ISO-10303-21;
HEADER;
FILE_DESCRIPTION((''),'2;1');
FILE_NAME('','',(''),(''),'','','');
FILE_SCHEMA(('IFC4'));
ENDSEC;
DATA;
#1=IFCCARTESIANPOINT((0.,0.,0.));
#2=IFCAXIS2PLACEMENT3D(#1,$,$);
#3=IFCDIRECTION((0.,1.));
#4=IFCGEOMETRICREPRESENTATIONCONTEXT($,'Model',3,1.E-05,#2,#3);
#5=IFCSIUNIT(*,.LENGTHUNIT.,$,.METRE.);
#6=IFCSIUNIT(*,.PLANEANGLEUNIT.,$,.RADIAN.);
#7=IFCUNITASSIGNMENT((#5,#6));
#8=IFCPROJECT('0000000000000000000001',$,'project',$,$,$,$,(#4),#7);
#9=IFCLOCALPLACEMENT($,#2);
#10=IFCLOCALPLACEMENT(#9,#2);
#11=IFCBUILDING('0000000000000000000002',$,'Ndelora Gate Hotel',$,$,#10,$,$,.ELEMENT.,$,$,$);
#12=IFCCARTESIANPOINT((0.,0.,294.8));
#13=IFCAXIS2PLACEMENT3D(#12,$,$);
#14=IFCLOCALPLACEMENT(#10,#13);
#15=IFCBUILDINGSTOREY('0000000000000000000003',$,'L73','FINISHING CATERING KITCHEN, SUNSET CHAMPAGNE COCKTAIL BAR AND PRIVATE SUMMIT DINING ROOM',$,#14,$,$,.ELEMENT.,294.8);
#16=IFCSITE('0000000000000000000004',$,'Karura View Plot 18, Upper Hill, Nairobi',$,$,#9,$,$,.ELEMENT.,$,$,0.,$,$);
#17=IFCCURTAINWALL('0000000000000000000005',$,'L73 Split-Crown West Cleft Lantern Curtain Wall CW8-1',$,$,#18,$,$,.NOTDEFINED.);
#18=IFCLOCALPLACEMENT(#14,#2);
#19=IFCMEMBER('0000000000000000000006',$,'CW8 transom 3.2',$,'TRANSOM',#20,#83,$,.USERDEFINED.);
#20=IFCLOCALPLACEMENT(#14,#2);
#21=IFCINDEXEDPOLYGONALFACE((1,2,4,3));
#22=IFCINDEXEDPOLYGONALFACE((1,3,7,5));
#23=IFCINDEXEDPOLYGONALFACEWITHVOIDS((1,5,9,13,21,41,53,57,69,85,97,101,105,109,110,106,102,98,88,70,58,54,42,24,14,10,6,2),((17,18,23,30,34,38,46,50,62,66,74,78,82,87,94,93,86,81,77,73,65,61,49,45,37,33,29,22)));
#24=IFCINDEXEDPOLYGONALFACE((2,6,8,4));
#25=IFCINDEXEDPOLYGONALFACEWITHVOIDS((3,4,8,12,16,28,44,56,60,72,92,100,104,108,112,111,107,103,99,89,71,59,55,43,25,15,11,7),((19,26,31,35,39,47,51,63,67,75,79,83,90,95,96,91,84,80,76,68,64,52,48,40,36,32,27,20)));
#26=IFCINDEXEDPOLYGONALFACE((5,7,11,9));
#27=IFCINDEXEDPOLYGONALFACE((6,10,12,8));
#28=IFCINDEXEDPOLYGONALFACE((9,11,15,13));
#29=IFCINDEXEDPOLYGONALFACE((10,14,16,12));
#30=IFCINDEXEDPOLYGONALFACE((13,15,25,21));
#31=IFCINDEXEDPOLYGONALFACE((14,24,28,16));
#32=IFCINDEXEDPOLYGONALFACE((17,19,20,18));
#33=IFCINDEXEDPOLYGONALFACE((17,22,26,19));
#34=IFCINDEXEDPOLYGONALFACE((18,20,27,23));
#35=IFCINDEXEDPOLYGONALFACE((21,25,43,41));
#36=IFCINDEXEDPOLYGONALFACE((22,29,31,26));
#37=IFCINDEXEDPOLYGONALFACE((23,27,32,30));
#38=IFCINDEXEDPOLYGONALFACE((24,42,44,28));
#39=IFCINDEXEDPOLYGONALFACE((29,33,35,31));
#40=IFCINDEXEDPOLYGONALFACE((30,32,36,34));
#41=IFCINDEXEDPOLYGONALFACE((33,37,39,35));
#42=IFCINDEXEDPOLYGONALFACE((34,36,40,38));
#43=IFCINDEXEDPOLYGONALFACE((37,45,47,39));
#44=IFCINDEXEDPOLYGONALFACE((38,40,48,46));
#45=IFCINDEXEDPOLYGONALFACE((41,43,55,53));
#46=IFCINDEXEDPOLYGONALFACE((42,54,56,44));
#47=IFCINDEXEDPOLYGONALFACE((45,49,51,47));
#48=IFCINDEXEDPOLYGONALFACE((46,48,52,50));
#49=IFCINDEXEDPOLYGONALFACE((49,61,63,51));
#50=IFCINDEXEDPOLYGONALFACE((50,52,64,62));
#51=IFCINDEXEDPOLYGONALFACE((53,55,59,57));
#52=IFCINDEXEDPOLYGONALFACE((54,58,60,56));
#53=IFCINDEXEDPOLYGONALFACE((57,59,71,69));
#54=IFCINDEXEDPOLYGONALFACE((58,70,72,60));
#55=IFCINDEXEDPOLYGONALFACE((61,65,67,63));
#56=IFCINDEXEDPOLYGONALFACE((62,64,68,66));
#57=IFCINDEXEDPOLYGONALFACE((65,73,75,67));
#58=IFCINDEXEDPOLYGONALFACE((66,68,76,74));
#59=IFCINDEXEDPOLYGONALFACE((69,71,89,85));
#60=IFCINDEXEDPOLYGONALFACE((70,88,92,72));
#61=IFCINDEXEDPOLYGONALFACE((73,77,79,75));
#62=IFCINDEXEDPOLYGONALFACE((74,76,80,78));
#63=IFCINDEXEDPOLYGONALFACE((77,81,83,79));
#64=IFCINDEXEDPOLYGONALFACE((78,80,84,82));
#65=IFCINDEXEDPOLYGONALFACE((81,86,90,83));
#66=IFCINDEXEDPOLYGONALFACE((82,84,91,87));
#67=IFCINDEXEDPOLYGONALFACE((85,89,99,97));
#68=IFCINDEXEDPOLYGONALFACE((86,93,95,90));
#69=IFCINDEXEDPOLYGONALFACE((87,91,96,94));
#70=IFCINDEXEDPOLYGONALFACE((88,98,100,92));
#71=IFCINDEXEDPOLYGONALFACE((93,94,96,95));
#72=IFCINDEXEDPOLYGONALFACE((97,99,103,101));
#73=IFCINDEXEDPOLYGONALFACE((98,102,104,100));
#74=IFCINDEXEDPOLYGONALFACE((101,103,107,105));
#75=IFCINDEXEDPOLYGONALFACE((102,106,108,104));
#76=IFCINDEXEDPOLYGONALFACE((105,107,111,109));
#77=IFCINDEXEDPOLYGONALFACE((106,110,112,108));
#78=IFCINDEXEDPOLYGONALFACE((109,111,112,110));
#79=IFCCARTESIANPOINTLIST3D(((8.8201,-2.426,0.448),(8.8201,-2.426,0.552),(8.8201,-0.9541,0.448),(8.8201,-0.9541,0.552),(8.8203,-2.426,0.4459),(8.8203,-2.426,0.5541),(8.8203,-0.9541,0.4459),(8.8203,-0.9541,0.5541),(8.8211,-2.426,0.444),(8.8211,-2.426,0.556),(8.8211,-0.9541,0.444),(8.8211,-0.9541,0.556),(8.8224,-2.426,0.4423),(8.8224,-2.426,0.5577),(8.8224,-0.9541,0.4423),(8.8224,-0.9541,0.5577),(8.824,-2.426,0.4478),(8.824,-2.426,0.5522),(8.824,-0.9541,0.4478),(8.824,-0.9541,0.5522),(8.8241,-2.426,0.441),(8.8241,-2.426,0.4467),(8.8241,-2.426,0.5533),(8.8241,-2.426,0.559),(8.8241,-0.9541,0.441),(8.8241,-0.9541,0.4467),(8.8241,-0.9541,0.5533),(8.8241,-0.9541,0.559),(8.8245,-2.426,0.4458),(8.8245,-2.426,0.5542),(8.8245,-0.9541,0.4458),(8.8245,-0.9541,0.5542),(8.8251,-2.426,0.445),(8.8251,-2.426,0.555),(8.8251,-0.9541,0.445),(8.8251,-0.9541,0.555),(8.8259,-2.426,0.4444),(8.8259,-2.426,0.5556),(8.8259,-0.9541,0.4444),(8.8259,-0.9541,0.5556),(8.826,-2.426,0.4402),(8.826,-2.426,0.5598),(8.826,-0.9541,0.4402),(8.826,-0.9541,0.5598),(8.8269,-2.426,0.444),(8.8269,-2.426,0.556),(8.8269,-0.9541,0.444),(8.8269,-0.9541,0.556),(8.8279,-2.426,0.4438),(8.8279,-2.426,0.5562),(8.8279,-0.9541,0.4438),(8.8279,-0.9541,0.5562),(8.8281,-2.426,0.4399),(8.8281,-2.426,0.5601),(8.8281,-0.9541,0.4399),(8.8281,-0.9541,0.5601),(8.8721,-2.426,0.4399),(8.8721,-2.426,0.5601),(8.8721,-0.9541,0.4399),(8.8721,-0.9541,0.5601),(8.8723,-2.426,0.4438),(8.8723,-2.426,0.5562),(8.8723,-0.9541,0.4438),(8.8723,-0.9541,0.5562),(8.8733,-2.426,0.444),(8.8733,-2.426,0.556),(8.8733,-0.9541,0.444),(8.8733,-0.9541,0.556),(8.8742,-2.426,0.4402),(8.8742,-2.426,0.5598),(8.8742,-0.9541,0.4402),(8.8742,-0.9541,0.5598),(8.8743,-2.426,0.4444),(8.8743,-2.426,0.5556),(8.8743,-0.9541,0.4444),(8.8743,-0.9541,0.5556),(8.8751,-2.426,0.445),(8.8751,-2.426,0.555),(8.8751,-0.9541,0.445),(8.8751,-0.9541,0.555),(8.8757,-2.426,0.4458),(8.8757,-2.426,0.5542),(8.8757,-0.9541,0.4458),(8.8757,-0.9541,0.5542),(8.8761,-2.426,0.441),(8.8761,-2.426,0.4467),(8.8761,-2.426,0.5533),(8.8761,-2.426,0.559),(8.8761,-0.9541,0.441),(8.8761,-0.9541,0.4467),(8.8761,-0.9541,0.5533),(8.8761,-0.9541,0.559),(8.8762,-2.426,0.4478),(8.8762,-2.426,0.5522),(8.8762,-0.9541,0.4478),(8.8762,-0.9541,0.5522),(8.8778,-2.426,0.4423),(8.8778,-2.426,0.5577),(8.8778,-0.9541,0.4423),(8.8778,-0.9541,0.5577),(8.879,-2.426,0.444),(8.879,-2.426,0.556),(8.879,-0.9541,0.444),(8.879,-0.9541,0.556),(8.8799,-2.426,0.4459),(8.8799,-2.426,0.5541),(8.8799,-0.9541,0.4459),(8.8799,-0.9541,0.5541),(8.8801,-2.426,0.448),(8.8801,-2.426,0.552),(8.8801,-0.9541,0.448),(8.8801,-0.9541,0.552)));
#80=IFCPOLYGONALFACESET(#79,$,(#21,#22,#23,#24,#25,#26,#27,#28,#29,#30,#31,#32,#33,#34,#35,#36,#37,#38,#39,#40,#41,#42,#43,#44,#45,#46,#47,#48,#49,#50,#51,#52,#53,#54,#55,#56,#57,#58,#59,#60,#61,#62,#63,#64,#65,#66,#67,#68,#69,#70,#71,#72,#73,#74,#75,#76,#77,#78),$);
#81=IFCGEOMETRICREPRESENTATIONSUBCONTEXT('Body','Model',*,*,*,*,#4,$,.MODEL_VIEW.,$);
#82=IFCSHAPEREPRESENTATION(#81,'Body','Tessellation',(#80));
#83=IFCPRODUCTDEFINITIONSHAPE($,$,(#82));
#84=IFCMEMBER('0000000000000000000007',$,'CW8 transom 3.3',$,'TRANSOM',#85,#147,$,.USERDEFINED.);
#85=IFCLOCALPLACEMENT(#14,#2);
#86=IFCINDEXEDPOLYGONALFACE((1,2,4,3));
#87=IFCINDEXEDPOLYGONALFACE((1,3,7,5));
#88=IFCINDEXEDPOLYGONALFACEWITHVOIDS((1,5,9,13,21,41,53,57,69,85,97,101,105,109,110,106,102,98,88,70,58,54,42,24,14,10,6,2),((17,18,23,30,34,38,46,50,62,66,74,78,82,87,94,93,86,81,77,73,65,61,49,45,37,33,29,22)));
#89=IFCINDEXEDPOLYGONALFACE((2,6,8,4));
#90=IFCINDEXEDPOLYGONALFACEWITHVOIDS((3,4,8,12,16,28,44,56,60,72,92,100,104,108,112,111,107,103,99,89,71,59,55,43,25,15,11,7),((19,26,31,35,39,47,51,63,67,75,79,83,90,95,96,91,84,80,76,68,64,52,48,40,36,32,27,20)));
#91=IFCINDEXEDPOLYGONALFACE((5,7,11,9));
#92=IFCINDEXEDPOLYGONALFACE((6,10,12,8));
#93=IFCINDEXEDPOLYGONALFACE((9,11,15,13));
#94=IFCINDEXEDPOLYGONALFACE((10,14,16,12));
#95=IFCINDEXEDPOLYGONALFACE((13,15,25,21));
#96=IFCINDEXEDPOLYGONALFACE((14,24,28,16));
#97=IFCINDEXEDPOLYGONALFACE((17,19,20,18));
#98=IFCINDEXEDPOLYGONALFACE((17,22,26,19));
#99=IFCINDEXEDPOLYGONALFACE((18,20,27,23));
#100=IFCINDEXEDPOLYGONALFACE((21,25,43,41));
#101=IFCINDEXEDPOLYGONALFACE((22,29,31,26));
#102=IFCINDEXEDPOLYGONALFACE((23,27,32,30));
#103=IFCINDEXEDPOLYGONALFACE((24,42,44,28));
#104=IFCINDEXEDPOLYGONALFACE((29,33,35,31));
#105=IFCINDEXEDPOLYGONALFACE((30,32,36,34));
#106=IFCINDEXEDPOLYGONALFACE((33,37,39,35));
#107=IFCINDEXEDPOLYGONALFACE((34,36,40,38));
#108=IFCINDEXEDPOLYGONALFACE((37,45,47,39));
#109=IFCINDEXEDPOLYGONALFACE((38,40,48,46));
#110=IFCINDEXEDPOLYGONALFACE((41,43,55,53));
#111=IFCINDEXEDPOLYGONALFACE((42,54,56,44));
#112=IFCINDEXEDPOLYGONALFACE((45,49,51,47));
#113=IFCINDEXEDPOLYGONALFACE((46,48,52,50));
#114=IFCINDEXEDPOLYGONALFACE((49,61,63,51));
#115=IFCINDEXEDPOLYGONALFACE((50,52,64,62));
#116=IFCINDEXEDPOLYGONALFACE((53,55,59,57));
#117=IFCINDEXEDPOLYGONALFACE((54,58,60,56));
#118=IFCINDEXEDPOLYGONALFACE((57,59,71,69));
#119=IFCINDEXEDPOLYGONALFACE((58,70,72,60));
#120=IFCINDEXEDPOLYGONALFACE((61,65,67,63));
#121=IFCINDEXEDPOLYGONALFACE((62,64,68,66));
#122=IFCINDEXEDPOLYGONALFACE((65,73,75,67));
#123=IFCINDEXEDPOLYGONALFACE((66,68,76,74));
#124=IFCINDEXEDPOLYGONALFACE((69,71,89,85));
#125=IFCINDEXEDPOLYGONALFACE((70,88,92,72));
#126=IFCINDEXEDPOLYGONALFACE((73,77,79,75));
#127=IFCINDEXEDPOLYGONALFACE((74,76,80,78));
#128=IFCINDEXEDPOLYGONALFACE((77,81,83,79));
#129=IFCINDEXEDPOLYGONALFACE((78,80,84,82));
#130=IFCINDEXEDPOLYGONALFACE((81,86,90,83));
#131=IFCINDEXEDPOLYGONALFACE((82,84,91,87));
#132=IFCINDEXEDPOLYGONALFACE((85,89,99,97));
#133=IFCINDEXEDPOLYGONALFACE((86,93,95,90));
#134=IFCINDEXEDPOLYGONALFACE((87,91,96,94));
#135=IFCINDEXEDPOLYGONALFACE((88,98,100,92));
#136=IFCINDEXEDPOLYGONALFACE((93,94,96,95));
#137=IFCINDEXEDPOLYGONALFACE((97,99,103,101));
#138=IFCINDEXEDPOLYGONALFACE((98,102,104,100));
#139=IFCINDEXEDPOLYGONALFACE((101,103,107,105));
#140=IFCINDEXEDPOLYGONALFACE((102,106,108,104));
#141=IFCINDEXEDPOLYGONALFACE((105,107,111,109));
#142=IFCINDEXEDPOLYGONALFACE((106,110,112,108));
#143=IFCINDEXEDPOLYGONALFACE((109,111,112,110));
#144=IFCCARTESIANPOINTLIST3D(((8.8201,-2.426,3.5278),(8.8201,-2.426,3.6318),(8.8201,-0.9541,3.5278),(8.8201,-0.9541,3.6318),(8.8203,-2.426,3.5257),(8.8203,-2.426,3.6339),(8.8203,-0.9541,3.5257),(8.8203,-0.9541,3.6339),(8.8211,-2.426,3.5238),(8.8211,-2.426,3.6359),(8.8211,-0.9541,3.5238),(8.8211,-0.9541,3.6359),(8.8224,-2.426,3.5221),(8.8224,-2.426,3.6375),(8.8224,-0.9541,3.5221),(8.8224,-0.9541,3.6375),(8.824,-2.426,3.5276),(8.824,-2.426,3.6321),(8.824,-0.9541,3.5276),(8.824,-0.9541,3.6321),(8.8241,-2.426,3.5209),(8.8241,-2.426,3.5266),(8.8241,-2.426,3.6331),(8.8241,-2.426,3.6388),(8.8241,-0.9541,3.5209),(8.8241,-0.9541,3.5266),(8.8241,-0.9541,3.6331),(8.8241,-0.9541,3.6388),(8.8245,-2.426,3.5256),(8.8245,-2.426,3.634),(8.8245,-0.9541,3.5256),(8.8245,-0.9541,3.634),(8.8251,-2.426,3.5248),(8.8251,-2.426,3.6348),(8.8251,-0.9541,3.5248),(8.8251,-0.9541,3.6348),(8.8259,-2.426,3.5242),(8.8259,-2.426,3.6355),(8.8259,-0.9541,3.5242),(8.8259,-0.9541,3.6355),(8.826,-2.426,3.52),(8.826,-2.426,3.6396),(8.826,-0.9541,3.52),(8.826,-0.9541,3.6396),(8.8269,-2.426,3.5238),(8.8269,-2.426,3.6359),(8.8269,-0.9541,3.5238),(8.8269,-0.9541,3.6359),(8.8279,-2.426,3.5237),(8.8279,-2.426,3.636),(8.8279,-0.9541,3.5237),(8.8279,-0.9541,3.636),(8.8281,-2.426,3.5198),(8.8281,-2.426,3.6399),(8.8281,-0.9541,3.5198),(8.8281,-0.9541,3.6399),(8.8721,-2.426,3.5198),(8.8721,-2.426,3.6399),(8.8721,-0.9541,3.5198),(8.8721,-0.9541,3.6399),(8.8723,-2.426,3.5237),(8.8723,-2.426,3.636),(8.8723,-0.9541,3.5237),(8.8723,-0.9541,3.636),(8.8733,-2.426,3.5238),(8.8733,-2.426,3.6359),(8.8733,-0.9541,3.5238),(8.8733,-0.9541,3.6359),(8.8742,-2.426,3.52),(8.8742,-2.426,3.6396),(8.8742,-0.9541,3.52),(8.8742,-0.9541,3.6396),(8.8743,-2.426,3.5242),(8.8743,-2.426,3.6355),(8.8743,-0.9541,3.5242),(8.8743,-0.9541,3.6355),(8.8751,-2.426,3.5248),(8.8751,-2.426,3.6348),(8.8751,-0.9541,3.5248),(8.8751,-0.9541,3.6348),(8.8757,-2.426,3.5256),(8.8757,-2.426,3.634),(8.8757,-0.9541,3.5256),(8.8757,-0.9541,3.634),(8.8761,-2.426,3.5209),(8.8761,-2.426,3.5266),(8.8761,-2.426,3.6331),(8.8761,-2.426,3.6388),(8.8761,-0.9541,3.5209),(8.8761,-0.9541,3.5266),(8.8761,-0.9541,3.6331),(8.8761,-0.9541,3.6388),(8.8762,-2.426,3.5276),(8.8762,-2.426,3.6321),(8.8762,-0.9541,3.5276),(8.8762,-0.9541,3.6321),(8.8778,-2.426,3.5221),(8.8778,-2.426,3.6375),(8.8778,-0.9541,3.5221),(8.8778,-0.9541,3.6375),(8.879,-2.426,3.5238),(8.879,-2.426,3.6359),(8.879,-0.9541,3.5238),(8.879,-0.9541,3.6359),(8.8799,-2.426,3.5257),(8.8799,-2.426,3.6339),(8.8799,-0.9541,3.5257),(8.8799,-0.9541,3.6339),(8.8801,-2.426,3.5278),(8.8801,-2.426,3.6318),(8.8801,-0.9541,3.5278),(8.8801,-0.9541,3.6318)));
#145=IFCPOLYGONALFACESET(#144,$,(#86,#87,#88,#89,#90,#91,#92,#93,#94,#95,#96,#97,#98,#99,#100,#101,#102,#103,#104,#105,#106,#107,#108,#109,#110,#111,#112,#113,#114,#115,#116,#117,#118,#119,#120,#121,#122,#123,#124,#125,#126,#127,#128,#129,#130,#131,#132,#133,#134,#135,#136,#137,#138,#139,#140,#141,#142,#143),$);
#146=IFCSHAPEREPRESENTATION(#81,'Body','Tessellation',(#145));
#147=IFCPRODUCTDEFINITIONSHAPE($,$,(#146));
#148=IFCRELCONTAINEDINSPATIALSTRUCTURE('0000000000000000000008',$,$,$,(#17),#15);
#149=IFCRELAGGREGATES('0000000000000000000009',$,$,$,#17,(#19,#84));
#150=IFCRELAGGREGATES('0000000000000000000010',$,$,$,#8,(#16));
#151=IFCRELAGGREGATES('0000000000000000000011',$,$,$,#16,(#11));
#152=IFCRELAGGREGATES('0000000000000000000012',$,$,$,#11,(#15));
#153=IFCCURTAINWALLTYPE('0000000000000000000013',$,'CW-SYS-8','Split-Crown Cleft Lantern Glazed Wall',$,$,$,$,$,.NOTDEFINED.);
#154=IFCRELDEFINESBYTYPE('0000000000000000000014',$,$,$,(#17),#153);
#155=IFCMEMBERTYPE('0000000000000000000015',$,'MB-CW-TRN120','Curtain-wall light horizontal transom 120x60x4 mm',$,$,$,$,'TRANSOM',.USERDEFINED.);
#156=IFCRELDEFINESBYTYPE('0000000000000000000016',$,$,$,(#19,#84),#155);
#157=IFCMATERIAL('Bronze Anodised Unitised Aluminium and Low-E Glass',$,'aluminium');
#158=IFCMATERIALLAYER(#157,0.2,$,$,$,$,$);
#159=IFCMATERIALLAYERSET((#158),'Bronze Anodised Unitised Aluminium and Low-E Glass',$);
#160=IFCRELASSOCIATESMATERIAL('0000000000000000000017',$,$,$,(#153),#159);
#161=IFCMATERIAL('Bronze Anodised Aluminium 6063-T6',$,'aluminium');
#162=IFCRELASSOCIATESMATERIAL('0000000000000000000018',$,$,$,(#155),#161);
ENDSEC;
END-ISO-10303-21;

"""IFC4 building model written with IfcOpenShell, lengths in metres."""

from ifc_helpers import new_model, si_unit, direction, frame, origin, origin_2d, place, context, subcontext, project, spatial, hollow_rectangle, extrude, material, layer, layer_set, material_profile, profile_set, type_object, element, aggregate, save


model = new_model("IFC4")

# Units and contexts
model_context = context("Model", 3, precision=1e-05, world=origin(), true_north=direction((0.0, 1.0)))
body_context = subcontext(model_context, "Body", "Model", "MODEL_VIEW")
ifc_project = project(units=[si_unit("LENGTHUNIT", "METRE"), si_unit("PLANEANGLEUNIT", "RADIAN")], contexts=[model_context])

# Site, building, storey
site_placement = place(None, origin())
site = spatial("IfcSite", under=ifc_project, at=site_placement, Name="Karura View Plot 18, Upper Hill, Nairobi", CompositionType="ELEMENT", RefElevation=0.0)
building_placement = place(site_placement, origin())
building = spatial("IfcBuilding", under=site, at=building_placement, Name="Ndelora Gate Hotel", CompositionType="ELEMENT")
storey_placement = place(building_placement, frame((0.0, 0.0, 294.8)))
storey = spatial("IfcBuildingStorey", under=building, at=storey_placement, Name="L73", Description="FINISHING CATERING KITCHEN, SUNSET CHAMPAGNE COCKTAIL BAR AND PRIVATE SUMMIT DINING ROOM", CompositionType="ELEMENT", Elevation=294.8)

# Curtain wall, members
ifc_material_1 = material(Name="Bronze Anodised Unitised Aluminium and Low-E Glass", Category="aluminium")
ifc_layer_1 = layer(ifc_material_1, 0.2)
ifc_layer_set_1 = layer_set([ifc_layer_1], Name="Bronze Anodised Unitised Aluminium and Low-E Glass")
curtain_wall_type = type_object("IfcCurtainWallType", Name="CW-SYS-8", Description="Split-Crown Cleft Lantern Glazed Wall", PredefinedType="NOTDEFINED", material=ifc_layer_set_1)
curtain_wall_placement = place(storey_placement, origin())
curtain_wall = element("IfcCurtainWall", 1, at=curtain_wall_placement, inside=storey, type_object=curtain_wall_type, Name="L73 Split-Crown West Cleft Lantern Curtain Wall CW8-1", PredefinedType="NOTDEFINED")
ifc_material_2 = material(Name="Bronze Anodised Aluminium 6063-T6", Category="aluminium")
ifc_material_profile_1 = material_profile(ifc_material_2, hollow_rectangle(XDim=0.0601, YDim=0.1201, WallThickness=0.0039, InnerFilletRadius=0.0039, OuterFilletRadius=0.0081, at=origin_2d()), Name="ALU 120x60x4")
ifc_profile_set_1 = profile_set([ifc_material_profile_1], Name="Bronze Anodised Aluminium 6063-T6")
member_type_1 = type_object("IfcMemberType", Name="MB-CW-TRN120", Description="Curtain-wall light horizontal transom 120x60x4 mm", ElementType="TRANSOM", PredefinedType="USERDEFINED", material=ifc_profile_set_1)
member_1_placement = place(storey_placement, frame((8.8501, -2.426, 0.5), z_axis=(0.0, 1.0, 0.0), x_axis=(-1.0, 0.0, 0.0)))
member_1 = element("IfcMember", 2, at=member_1_placement, type_object=member_type_1, Name="CW8 transom 3.2", ObjectType="TRANSOM", PredefinedType="USERDEFINED", context=body_context, shape_type="SweptSolid", body=[
    extrude(hollow_rectangle(XDim=0.0601, YDim=0.1201, WallThickness=0.0039, InnerFilletRadius=0.0039, OuterFilletRadius=0.0081, at=origin_2d()), origin(), (0.0, 0.0, 1.0), 1.4719),
])
member_2_placement = place(storey_placement, frame((8.8501, -2.426, 3.5798), z_axis=(0.0, 1.0, 0.0), x_axis=(-1.0, 0.0, 0.0)))
member_2 = element("IfcMember", 3, at=member_2_placement, type_object=member_type_1, Name="CW8 transom 3.3", ObjectType="TRANSOM", PredefinedType="USERDEFINED", context=body_context, shape_type="SweptSolid", body=[
    extrude(hollow_rectangle(XDim=0.0601, YDim=0.1201, WallThickness=0.0039, InnerFilletRadius=0.0039, OuterFilletRadius=0.0081, at=origin_2d()), origin(), (0.0, 0.0, 1.0), 1.4719),
])
aggregate(curtain_wall, [member_1, member_2])

save(model, "model.ifc")
